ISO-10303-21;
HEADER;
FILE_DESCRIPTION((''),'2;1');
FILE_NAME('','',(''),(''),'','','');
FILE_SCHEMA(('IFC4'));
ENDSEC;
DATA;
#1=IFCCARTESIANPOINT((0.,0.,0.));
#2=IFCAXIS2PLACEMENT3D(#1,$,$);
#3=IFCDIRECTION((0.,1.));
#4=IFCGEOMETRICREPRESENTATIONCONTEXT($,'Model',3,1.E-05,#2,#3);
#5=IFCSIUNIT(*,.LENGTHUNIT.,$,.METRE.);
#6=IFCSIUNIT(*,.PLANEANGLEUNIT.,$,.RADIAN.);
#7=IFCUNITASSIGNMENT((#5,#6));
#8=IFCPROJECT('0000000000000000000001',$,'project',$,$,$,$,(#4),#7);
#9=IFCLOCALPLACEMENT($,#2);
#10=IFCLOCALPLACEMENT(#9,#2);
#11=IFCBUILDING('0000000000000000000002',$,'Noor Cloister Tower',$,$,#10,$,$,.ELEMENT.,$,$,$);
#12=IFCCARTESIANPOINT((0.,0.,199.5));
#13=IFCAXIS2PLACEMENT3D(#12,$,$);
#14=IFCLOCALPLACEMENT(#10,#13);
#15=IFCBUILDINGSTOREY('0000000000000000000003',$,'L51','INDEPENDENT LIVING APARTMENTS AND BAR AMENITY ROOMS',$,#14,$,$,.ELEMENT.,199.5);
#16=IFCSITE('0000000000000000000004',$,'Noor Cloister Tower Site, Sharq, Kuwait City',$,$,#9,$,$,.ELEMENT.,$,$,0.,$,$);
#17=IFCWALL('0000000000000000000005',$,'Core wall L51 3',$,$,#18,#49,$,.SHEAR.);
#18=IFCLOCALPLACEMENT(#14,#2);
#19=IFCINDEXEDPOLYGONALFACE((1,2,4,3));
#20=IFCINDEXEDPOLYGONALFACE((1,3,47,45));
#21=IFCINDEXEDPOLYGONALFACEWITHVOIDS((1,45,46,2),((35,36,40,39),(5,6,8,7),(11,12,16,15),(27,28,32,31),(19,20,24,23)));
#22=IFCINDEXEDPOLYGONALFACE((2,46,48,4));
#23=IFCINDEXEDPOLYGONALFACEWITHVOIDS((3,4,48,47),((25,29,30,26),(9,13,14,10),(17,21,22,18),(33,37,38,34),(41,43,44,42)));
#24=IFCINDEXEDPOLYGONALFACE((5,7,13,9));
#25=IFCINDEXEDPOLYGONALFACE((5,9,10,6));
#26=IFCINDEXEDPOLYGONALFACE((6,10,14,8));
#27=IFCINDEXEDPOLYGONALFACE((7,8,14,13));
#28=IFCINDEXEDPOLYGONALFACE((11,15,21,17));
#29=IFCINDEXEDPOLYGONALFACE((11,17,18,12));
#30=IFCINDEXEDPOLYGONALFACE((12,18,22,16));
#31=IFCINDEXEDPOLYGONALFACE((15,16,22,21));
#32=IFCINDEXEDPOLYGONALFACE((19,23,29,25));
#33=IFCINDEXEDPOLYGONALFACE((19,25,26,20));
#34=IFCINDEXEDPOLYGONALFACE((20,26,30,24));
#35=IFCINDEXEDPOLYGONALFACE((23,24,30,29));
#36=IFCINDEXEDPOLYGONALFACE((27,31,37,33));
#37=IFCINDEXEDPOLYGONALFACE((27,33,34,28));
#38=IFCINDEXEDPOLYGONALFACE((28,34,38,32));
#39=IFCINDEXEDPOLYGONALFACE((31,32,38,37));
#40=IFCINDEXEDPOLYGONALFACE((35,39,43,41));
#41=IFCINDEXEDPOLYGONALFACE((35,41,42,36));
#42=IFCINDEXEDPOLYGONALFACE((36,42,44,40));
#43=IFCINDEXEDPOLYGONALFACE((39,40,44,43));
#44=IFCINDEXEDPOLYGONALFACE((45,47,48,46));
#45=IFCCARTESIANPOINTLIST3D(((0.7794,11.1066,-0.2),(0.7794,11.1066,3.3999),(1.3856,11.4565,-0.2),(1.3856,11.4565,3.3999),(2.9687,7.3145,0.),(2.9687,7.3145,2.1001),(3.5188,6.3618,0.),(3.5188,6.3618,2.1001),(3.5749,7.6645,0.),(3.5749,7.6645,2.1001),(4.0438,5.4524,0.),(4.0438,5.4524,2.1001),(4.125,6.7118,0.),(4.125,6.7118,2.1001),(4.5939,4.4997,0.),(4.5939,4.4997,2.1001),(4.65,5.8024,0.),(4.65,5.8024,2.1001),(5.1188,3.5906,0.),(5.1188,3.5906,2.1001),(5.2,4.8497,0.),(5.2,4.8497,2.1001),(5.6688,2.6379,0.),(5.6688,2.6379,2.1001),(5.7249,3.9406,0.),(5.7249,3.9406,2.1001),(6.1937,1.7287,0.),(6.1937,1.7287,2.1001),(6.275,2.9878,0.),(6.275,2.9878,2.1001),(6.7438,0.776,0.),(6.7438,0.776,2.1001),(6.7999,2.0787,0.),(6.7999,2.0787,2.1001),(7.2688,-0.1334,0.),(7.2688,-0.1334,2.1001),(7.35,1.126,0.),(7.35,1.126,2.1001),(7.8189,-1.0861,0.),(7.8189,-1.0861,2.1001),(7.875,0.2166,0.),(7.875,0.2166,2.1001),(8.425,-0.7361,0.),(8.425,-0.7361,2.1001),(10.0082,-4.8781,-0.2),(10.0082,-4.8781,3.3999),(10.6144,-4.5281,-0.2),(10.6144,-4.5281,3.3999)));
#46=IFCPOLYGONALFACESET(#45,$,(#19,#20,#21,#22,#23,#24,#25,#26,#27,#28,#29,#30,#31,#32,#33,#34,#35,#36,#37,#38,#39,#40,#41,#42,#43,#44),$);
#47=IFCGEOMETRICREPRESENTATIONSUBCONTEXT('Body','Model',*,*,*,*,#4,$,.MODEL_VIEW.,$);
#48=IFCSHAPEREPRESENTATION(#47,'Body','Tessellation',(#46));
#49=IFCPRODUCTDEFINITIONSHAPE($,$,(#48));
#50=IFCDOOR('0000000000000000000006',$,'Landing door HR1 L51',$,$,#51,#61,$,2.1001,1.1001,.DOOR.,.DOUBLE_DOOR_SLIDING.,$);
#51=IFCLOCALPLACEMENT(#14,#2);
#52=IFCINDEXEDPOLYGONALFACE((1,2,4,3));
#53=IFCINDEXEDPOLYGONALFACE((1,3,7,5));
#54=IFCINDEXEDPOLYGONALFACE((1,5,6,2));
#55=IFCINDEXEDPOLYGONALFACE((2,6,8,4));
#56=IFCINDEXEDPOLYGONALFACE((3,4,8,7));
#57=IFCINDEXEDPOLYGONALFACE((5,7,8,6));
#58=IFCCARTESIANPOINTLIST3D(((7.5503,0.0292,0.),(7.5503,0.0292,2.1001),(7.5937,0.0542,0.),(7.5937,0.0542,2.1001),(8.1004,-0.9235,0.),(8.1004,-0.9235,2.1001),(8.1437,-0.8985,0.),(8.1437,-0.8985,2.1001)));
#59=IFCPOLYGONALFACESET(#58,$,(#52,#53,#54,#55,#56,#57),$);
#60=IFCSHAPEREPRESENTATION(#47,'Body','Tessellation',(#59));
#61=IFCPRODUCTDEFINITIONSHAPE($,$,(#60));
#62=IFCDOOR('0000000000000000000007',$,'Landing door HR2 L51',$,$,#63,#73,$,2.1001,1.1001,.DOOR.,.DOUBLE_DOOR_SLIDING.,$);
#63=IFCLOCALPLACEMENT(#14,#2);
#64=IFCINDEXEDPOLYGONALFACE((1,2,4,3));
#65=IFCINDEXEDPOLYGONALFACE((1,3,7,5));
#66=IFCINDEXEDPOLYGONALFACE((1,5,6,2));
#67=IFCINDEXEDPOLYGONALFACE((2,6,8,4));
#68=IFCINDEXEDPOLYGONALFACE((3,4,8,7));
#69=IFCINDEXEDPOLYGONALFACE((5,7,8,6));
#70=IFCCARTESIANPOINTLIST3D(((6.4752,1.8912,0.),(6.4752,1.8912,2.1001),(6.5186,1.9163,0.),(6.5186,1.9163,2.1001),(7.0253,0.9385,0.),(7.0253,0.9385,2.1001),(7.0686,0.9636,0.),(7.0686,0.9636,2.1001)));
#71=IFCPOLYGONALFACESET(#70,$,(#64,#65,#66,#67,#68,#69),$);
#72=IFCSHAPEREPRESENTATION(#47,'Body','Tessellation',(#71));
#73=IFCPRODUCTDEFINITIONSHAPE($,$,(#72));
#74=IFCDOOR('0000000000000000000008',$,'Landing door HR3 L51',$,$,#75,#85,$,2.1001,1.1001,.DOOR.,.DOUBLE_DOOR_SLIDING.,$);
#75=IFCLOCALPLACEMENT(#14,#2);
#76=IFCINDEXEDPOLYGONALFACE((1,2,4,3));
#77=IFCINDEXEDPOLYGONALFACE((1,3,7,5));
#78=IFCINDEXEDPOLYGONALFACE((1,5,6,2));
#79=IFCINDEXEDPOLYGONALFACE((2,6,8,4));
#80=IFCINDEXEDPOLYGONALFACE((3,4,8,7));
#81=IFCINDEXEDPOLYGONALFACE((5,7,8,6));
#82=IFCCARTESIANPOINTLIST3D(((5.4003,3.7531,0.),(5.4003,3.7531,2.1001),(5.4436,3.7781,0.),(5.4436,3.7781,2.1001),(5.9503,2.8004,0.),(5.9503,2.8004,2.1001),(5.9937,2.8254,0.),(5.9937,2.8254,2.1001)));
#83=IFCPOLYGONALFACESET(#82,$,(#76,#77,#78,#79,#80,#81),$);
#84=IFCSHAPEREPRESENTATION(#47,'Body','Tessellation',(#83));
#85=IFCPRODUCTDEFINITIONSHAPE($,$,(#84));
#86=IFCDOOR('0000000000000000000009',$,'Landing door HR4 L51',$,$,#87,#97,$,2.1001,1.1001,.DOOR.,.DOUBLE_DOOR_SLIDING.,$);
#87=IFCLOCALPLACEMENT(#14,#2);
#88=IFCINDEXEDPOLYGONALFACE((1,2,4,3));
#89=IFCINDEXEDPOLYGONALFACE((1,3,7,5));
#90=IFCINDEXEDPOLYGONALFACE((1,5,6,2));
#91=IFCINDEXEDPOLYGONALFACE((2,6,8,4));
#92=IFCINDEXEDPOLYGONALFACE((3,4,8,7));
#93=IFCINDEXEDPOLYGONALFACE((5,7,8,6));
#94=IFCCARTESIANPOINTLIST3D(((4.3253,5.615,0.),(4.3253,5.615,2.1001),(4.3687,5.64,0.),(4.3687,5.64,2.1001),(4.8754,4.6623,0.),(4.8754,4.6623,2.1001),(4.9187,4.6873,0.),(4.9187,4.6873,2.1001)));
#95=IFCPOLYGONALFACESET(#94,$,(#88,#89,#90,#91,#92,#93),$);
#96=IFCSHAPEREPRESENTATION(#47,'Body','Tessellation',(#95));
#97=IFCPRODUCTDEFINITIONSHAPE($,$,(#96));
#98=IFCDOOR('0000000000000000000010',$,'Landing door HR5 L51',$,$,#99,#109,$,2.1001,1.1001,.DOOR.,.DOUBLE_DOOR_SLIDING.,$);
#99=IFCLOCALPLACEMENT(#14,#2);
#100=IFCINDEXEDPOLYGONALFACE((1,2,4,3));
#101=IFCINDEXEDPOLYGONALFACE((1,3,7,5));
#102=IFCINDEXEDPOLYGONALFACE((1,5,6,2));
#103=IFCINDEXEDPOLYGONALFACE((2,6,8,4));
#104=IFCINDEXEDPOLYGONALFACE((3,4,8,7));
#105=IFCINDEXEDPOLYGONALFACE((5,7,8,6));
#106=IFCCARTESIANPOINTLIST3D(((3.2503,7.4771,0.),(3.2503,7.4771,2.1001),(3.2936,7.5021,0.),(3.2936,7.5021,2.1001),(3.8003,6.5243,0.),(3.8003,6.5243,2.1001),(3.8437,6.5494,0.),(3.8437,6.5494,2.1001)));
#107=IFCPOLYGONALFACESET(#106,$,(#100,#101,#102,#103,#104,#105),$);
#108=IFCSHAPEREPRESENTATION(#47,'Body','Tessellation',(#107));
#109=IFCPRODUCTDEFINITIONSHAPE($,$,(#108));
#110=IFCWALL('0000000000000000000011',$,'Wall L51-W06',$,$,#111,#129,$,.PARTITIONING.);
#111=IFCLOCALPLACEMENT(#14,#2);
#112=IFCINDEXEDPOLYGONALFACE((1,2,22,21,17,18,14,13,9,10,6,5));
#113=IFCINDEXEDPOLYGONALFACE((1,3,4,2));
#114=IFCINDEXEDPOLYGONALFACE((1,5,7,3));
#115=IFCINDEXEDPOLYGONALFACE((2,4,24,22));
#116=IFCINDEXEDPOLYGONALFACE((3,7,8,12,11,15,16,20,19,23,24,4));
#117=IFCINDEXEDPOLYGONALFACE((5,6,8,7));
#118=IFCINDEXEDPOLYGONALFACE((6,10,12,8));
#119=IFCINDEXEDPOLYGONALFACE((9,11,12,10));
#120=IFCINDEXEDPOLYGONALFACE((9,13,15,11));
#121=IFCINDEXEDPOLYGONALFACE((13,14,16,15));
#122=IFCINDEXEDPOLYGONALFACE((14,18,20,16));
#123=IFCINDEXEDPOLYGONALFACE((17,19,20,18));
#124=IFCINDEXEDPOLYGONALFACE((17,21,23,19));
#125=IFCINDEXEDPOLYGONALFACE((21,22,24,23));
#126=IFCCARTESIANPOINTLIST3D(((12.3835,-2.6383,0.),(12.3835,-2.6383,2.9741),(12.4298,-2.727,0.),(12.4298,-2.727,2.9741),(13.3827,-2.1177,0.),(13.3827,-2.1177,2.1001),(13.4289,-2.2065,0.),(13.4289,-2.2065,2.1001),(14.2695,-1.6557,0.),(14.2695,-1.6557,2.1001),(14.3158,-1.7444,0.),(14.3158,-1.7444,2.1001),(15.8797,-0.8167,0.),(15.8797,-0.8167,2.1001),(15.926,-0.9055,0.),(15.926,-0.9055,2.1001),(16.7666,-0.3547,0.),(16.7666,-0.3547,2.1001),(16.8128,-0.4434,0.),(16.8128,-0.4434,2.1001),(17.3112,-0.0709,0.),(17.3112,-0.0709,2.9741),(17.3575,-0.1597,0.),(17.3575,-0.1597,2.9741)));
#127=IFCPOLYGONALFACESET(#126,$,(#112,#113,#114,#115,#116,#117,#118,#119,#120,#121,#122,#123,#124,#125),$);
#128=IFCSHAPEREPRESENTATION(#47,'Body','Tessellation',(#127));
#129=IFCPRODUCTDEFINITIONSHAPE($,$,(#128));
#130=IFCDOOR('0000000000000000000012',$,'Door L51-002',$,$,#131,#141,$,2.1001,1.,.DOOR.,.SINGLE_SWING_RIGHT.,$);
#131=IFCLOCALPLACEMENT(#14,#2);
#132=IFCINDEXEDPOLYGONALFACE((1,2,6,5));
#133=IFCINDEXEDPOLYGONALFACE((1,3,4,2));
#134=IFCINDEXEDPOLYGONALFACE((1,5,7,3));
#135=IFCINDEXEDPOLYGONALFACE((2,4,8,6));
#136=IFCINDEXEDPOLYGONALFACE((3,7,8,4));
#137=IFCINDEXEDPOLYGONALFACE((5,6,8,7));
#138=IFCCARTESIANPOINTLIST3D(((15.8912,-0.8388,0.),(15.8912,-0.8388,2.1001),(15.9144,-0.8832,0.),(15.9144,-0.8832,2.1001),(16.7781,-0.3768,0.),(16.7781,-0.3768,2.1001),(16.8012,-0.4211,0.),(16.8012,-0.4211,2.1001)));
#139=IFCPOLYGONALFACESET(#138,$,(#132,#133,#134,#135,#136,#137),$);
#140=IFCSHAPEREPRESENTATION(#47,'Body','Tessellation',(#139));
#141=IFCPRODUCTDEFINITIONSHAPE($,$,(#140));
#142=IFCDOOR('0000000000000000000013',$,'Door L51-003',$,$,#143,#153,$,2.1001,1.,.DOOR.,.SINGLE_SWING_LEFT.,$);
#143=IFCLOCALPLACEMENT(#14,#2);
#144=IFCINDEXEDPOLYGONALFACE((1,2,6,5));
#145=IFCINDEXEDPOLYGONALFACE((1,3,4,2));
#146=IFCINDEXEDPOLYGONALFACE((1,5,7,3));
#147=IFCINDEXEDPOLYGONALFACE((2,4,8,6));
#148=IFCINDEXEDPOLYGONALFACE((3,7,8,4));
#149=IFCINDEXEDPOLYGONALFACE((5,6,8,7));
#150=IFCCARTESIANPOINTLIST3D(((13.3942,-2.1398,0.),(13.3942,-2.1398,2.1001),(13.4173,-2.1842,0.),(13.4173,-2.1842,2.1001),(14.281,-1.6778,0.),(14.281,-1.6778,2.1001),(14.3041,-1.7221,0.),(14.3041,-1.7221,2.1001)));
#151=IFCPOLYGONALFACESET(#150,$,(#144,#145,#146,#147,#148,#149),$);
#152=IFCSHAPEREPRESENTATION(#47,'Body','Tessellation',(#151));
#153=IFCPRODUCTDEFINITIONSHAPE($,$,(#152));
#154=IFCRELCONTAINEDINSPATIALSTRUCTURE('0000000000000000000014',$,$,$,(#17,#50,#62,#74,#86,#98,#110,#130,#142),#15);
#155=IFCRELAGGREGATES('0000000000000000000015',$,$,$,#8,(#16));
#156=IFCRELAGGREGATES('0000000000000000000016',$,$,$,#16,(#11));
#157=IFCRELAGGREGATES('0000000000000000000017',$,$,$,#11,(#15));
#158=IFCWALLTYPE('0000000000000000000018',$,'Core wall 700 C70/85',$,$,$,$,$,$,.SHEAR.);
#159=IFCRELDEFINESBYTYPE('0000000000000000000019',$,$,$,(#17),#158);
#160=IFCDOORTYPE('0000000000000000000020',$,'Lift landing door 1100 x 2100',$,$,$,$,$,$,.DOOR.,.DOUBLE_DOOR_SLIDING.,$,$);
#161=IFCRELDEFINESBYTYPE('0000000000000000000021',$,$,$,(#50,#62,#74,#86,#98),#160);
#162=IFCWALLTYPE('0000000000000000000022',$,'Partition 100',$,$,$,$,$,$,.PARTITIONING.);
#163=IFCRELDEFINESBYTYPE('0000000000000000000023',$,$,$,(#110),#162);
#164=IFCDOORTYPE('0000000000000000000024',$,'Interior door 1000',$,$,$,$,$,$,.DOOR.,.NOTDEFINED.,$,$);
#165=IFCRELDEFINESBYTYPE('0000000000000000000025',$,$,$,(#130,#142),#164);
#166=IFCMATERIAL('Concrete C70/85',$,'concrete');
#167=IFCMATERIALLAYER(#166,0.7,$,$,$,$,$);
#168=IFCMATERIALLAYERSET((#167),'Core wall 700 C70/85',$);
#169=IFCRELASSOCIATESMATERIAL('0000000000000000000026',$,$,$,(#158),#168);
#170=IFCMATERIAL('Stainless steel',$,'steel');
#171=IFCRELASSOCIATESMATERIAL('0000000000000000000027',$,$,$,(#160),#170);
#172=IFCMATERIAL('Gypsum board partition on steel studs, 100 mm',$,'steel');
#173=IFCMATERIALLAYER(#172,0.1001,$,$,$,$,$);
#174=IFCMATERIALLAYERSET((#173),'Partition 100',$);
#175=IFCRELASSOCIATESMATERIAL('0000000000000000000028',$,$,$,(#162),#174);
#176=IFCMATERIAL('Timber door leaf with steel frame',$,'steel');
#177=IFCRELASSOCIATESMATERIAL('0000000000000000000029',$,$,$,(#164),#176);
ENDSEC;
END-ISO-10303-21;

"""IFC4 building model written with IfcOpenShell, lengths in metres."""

from ifc_helpers import new_model, si_unit, direction, frame, frame_2d, origin, place, context, subcontext, project, spatial, rectangle, extrude, material, layer, layer_set, type_object, element, fill, save


model = new_model("IFC4")

# Units and contexts
model_context = context("Model", 3, precision=1e-05, world=origin(), true_north=direction((0.0, 1.0)))
body_context = subcontext(model_context, "Body", "Model", "MODEL_VIEW")
ifc_project = project(units=[si_unit("LENGTHUNIT", "METRE"), si_unit("PLANEANGLEUNIT", "RADIAN")], contexts=[model_context])

# Site, building, storey
site_placement = place(None, origin())
site = spatial("IfcSite", under=ifc_project, at=site_placement, Name="Noor Cloister Tower Site, Sharq, Kuwait City", CompositionType="ELEMENT", RefElevation=0.0)
building_placement = place(site_placement, origin())
building = spatial("IfcBuilding", under=site, at=building_placement, Name="Noor Cloister Tower", CompositionType="ELEMENT")
storey_placement = place(building_placement, frame((0.0, 0.0, 199.5)))
storey = spatial("IfcBuildingStorey", under=building, at=storey_placement, Name="L51", Description="INDEPENDENT LIVING APARTMENTS AND BAR AMENITY ROOMS", CompositionType="ELEMENT", Elevation=199.5)

# Walls, openings, doors
ifc_material_1 = material(Name="Concrete C70/85", Category="concrete")
ifc_layer_1 = layer(ifc_material_1, 0.7)
ifc_layer_set_1 = layer_set([ifc_layer_1], Name="Core wall 700 C70/85")
wall_type_1 = type_object("IfcWallType", Name="Core wall 700 C70/85", PredefinedType="SHEAR", material=ifc_layer_set_1)
wall_1_placement = place(storey_placement, frame((10.3113, -4.7031, -0.2), z_axis=(0.0, 0.0, 1.0), x_axis=(-0.500001, 0.866025, 0.0)))
wall_1 = element("IfcWall", 1, at=wall_1_placement, inside=storey, type_object=wall_type_1, Name="Core wall L51 3", PredefinedType="SHEAR", context=body_context, shape_type="SweptSolid", body=[
    extrude(rectangle(XDim=18.4575, YDim=0.7, at=frame_2d((9.2288, 0.0))), origin(), (0.0, 0.0, 1.0), 3.5999),
])
opening_1_placement = place(wall_1_placement, frame((4.3787, 0.0, 0.2)))
opening_1 = element("IfcOpeningElement", 2, at=opening_1_placement, cuts=wall_1, PredefinedType="OPENING", context=body_context, shape_type="SweptSolid", body=[
    extrude(rectangle(XDim=1.1001, YDim=2.1001, at=frame_2d((0.55, 1.05))), frame((0.0, 0.3599, 0.0), z_axis=(0.0, -1.0, 0.0), x_axis=(1.0, 0.0, 0.0)), (0.0, 0.0, 1.0), 0.72),
])
opening_2_placement = place(wall_1_placement, frame((6.5288, 0.0, 0.2)))
opening_2 = element("IfcOpeningElement", 3, at=opening_2_placement, cuts=wall_1, PredefinedType="OPENING", context=body_context, shape_type="SweptSolid", body=[
    extrude(rectangle(XDim=1.1001, YDim=2.1001, at=frame_2d((0.55, 1.05))), frame((0.0, 0.3599, 0.0), z_axis=(0.0, -1.0, 0.0), x_axis=(1.0, 0.0, 0.0)), (0.0, 0.0, 1.0), 0.72),
])
opening_3_placement = place(wall_1_placement, frame((8.6787, 0.0, 0.2)))
opening_3 = element("IfcOpeningElement", 4, at=opening_3_placement, cuts=wall_1, PredefinedType="OPENING", context=body_context, shape_type="SweptSolid", body=[
    extrude(rectangle(XDim=1.1001, YDim=2.1001, at=frame_2d((0.55, 1.05))), frame((0.0, 0.3599, 0.0), z_axis=(0.0, -1.0, 0.0), x_axis=(1.0, 0.0, 0.0)), (0.0, 0.0, 1.0), 0.72),
])
opening_4_placement = place(wall_1_placement, frame((10.8286, 0.0, 0.2)))
opening_4 = element("IfcOpeningElement", 5, at=opening_4_placement, cuts=wall_1, PredefinedType="OPENING", context=body_context, shape_type="SweptSolid", body=[
    extrude(rectangle(XDim=1.1001, YDim=2.1001, at=frame_2d((0.55, 1.05))), frame((0.0, 0.3599, 0.0), z_axis=(0.0, -1.0, 0.0), x_axis=(1.0, 0.0, 0.0)), (0.0, 0.0, 1.0), 0.72),
])
opening_5_placement = place(wall_1_placement, frame((12.9788, 0.0, 0.2)))
opening_5 = element("IfcOpeningElement", 6, at=opening_5_placement, cuts=wall_1, PredefinedType="OPENING", context=body_context, shape_type="SweptSolid", body=[
    extrude(rectangle(XDim=1.1001, YDim=2.1001, at=frame_2d((0.55, 1.05))), frame((0.0, 0.3599, 0.0), z_axis=(0.0, -1.0, 0.0), x_axis=(1.0, 0.0, 0.0)), (0.0, 0.0, 1.0), 0.72),
])
ifc_material_2 = material(Name="Stainless steel", Category="steel")
door_type_1 = type_object("IfcDoorType", Name="Lift landing door 1100 x 2100", OperationType="DOUBLE_DOOR_SLIDING", PredefinedType="DOOR", material=ifc_material_2)
door_1_placement = place(opening_1_placement, origin())
door_1 = element("IfcDoor", 7, at=door_1_placement, inside=storey, type_object=door_type_1, Name="Landing door HR1 L51", OperationType="DOUBLE_DOOR_SLIDING", OverallHeight=2.1001, OverallWidth=1.1001, PredefinedType="DOOR", context=body_context, shape_type="SweptSolid", body=[
    extrude(rectangle(XDim=1.1001, YDim=2.1001, at=frame_2d((0.55, 1.05))), frame((0.0, 0.0249, 0.0), z_axis=(0.0, -1.0, 0.0), x_axis=(1.0, 0.0, 0.0)), (0.0, 0.0, 1.0), 0.05),
])
fill(opening_1, door_1)
door_2_placement = place(opening_2_placement, origin())
door_2 = element("IfcDoor", 8, at=door_2_placement, inside=storey, type_object=door_type_1, Name="Landing door HR2 L51", OperationType="DOUBLE_DOOR_SLIDING", OverallHeight=2.1001, OverallWidth=1.1001, PredefinedType="DOOR", context=body_context, shape_type="SweptSolid", body=[
    extrude(rectangle(XDim=1.1001, YDim=2.1001, at=frame_2d((0.55, 1.05))), frame((0.0, 0.0249, 0.0), z_axis=(0.0, -1.0, 0.0), x_axis=(1.0, 0.0, 0.0)), (0.0, 0.0, 1.0), 0.05),
])
fill(opening_2, door_2)
door_3_placement = place(opening_3_placement, origin())
door_3 = element("IfcDoor", 9, at=door_3_placement, inside=storey, type_object=door_type_1, Name="Landing door HR3 L51", OperationType="DOUBLE_DOOR_SLIDING", OverallHeight=2.1001, OverallWidth=1.1001, PredefinedType="DOOR", context=body_context, shape_type="SweptSolid", body=[
    extrude(rectangle(XDim=1.1001, YDim=2.1001, at=frame_2d((0.55, 1.05))), frame((0.0, 0.0249, 0.0), z_axis=(0.0, -1.0, 0.0), x_axis=(1.0, 0.0, 0.0)), (0.0, 0.0, 1.0), 0.05),
])
fill(opening_3, door_3)
door_4_placement = place(opening_4_placement, origin())
door_4 = element("IfcDoor", 10, at=door_4_placement, inside=storey, type_object=door_type_1, Name="Landing door HR4 L51", OperationType="DOUBLE_DOOR_SLIDING", OverallHeight=2.1001, OverallWidth=1.1001, PredefinedType="DOOR", context=body_context, shape_type="SweptSolid", body=[
    extrude(rectangle(XDim=1.1001, YDim=2.1001, at=frame_2d((0.55, 1.05))), frame((0.0, 0.0249, 0.0), z_axis=(0.0, -1.0, 0.0), x_axis=(1.0, 0.0, 0.0)), (0.0, 0.0, 1.0), 0.05),
])
fill(opening_4, door_4)
door_5_placement = place(opening_5_placement, origin())
door_5 = element("IfcDoor", 11, at=door_5_placement, inside=storey, type_object=door_type_1, Name="Landing door HR5 L51", OperationType="DOUBLE_DOOR_SLIDING", OverallHeight=2.1001, OverallWidth=1.1001, PredefinedType="DOOR", context=body_context, shape_type="SweptSolid", body=[
    extrude(rectangle(XDim=1.1001, YDim=2.1001, at=frame_2d((0.55, 1.05))), frame((0.0, 0.0249, 0.0), z_axis=(0.0, -1.0, 0.0), x_axis=(1.0, 0.0, 0.0)), (0.0, 0.0, 1.0), 0.05),
])
fill(opening_5, door_5)
ifc_material_3 = material(Name="Gypsum board partition on steel studs, 100 mm", Category="steel")
ifc_layer_2 = layer(ifc_material_3, 0.1001)
ifc_layer_set_2 = layer_set([ifc_layer_2], Name="Partition 100")
wall_type_2 = type_object("IfcWallType", Name="Partition 100", PredefinedType="PARTITIONING", material=ifc_layer_set_2)
wall_2_placement = place(storey_placement, frame((17.3345, -0.1152, 0.0), z_axis=(0.0, 0.0, 1.0), x_axis=(-0.886851, -0.462055, 0.0)))
wall_2 = element("IfcWall", 12, at=wall_2_placement, inside=storey, type_object=wall_type_2, Name="Wall L51-W06", PredefinedType="PARTITIONING", context=body_context, shape_type="SweptSolid", body=[
    extrude(rectangle(XDim=5.5564, YDim=0.1001, at=frame_2d((2.7783, 0.0))), origin(), (0.0, 0.0, 1.0), 2.9741),
])
opening_6_placement = place(wall_2_placement, frame((0.6143, 0.0, 0.0)))
opening_6 = element("IfcOpeningElement", 13, at=opening_6_placement, cuts=wall_2, PredefinedType="OPENING", context=body_context, shape_type="SweptSolid", body=[
    extrude(rectangle(XDim=1.0, YDim=2.1001, at=frame_2d((0.5, 1.05))), frame((0.0, 0.0601, 0.0), z_axis=(0.0, -1.0, 0.0), x_axis=(1.0, 0.0, 0.0)), (0.0, 0.0, 1.0), 0.1201),
])
opening_7_placement = place(wall_2_placement, frame((3.4299, 0.0, 0.0)))
opening_7 = element("IfcOpeningElement", 14, at=opening_7_placement, cuts=wall_2, PredefinedType="OPENING", context=body_context, shape_type="SweptSolid", body=[
    extrude(rectangle(XDim=1.0, YDim=2.1001, at=frame_2d((0.5, 1.05))), frame((0.0, 0.0601, 0.0), z_axis=(0.0, -1.0, 0.0), x_axis=(1.0, 0.0, 0.0)), (0.0, 0.0, 1.0), 0.1201),
])
ifc_material_4 = material(Name="Timber door leaf with steel frame", Category="steel")
door_type_2 = type_object("IfcDoorType", Name="Interior door 1000", OperationType="NOTDEFINED", PredefinedType="DOOR", material=ifc_material_4)
door_6_placement = place(opening_6_placement, origin())
door_6 = element("IfcDoor", 15, at=door_6_placement, inside=storey, type_object=door_type_2, Name="Door L51-002", OperationType="SINGLE_SWING_RIGHT", OverallHeight=2.1001, OverallWidth=1.0, PredefinedType="DOOR", context=body_context, shape_type="SweptSolid", body=[
    extrude(rectangle(XDim=1.0, YDim=2.1001, at=frame_2d((0.5, 1.05))), frame((0.0, 0.0249, 0.0), z_axis=(0.0, -1.0, 0.0), x_axis=(1.0, 0.0, 0.0)), (0.0, 0.0, 1.0), 0.05),
])
fill(opening_6, door_6)
door_7_placement = place(opening_7_placement, origin())
door_7 = element("IfcDoor", 16, at=door_7_placement, inside=storey, type_object=door_type_2, Name="Door L51-003", OperationType="SINGLE_SWING_LEFT", OverallHeight=2.1001, OverallWidth=1.0, PredefinedType="DOOR", context=body_context, shape_type="SweptSolid", body=[
    extrude(rectangle(XDim=1.0, YDim=2.1001, at=frame_2d((0.5, 1.05))), frame((0.0, 0.0249, 0.0), z_axis=(0.0, -1.0, 0.0), x_axis=(1.0, 0.0, 0.0)), (0.0, 0.0, 1.0), 0.05),
])
fill(opening_7, door_7)

save(model, "model.ifc")
